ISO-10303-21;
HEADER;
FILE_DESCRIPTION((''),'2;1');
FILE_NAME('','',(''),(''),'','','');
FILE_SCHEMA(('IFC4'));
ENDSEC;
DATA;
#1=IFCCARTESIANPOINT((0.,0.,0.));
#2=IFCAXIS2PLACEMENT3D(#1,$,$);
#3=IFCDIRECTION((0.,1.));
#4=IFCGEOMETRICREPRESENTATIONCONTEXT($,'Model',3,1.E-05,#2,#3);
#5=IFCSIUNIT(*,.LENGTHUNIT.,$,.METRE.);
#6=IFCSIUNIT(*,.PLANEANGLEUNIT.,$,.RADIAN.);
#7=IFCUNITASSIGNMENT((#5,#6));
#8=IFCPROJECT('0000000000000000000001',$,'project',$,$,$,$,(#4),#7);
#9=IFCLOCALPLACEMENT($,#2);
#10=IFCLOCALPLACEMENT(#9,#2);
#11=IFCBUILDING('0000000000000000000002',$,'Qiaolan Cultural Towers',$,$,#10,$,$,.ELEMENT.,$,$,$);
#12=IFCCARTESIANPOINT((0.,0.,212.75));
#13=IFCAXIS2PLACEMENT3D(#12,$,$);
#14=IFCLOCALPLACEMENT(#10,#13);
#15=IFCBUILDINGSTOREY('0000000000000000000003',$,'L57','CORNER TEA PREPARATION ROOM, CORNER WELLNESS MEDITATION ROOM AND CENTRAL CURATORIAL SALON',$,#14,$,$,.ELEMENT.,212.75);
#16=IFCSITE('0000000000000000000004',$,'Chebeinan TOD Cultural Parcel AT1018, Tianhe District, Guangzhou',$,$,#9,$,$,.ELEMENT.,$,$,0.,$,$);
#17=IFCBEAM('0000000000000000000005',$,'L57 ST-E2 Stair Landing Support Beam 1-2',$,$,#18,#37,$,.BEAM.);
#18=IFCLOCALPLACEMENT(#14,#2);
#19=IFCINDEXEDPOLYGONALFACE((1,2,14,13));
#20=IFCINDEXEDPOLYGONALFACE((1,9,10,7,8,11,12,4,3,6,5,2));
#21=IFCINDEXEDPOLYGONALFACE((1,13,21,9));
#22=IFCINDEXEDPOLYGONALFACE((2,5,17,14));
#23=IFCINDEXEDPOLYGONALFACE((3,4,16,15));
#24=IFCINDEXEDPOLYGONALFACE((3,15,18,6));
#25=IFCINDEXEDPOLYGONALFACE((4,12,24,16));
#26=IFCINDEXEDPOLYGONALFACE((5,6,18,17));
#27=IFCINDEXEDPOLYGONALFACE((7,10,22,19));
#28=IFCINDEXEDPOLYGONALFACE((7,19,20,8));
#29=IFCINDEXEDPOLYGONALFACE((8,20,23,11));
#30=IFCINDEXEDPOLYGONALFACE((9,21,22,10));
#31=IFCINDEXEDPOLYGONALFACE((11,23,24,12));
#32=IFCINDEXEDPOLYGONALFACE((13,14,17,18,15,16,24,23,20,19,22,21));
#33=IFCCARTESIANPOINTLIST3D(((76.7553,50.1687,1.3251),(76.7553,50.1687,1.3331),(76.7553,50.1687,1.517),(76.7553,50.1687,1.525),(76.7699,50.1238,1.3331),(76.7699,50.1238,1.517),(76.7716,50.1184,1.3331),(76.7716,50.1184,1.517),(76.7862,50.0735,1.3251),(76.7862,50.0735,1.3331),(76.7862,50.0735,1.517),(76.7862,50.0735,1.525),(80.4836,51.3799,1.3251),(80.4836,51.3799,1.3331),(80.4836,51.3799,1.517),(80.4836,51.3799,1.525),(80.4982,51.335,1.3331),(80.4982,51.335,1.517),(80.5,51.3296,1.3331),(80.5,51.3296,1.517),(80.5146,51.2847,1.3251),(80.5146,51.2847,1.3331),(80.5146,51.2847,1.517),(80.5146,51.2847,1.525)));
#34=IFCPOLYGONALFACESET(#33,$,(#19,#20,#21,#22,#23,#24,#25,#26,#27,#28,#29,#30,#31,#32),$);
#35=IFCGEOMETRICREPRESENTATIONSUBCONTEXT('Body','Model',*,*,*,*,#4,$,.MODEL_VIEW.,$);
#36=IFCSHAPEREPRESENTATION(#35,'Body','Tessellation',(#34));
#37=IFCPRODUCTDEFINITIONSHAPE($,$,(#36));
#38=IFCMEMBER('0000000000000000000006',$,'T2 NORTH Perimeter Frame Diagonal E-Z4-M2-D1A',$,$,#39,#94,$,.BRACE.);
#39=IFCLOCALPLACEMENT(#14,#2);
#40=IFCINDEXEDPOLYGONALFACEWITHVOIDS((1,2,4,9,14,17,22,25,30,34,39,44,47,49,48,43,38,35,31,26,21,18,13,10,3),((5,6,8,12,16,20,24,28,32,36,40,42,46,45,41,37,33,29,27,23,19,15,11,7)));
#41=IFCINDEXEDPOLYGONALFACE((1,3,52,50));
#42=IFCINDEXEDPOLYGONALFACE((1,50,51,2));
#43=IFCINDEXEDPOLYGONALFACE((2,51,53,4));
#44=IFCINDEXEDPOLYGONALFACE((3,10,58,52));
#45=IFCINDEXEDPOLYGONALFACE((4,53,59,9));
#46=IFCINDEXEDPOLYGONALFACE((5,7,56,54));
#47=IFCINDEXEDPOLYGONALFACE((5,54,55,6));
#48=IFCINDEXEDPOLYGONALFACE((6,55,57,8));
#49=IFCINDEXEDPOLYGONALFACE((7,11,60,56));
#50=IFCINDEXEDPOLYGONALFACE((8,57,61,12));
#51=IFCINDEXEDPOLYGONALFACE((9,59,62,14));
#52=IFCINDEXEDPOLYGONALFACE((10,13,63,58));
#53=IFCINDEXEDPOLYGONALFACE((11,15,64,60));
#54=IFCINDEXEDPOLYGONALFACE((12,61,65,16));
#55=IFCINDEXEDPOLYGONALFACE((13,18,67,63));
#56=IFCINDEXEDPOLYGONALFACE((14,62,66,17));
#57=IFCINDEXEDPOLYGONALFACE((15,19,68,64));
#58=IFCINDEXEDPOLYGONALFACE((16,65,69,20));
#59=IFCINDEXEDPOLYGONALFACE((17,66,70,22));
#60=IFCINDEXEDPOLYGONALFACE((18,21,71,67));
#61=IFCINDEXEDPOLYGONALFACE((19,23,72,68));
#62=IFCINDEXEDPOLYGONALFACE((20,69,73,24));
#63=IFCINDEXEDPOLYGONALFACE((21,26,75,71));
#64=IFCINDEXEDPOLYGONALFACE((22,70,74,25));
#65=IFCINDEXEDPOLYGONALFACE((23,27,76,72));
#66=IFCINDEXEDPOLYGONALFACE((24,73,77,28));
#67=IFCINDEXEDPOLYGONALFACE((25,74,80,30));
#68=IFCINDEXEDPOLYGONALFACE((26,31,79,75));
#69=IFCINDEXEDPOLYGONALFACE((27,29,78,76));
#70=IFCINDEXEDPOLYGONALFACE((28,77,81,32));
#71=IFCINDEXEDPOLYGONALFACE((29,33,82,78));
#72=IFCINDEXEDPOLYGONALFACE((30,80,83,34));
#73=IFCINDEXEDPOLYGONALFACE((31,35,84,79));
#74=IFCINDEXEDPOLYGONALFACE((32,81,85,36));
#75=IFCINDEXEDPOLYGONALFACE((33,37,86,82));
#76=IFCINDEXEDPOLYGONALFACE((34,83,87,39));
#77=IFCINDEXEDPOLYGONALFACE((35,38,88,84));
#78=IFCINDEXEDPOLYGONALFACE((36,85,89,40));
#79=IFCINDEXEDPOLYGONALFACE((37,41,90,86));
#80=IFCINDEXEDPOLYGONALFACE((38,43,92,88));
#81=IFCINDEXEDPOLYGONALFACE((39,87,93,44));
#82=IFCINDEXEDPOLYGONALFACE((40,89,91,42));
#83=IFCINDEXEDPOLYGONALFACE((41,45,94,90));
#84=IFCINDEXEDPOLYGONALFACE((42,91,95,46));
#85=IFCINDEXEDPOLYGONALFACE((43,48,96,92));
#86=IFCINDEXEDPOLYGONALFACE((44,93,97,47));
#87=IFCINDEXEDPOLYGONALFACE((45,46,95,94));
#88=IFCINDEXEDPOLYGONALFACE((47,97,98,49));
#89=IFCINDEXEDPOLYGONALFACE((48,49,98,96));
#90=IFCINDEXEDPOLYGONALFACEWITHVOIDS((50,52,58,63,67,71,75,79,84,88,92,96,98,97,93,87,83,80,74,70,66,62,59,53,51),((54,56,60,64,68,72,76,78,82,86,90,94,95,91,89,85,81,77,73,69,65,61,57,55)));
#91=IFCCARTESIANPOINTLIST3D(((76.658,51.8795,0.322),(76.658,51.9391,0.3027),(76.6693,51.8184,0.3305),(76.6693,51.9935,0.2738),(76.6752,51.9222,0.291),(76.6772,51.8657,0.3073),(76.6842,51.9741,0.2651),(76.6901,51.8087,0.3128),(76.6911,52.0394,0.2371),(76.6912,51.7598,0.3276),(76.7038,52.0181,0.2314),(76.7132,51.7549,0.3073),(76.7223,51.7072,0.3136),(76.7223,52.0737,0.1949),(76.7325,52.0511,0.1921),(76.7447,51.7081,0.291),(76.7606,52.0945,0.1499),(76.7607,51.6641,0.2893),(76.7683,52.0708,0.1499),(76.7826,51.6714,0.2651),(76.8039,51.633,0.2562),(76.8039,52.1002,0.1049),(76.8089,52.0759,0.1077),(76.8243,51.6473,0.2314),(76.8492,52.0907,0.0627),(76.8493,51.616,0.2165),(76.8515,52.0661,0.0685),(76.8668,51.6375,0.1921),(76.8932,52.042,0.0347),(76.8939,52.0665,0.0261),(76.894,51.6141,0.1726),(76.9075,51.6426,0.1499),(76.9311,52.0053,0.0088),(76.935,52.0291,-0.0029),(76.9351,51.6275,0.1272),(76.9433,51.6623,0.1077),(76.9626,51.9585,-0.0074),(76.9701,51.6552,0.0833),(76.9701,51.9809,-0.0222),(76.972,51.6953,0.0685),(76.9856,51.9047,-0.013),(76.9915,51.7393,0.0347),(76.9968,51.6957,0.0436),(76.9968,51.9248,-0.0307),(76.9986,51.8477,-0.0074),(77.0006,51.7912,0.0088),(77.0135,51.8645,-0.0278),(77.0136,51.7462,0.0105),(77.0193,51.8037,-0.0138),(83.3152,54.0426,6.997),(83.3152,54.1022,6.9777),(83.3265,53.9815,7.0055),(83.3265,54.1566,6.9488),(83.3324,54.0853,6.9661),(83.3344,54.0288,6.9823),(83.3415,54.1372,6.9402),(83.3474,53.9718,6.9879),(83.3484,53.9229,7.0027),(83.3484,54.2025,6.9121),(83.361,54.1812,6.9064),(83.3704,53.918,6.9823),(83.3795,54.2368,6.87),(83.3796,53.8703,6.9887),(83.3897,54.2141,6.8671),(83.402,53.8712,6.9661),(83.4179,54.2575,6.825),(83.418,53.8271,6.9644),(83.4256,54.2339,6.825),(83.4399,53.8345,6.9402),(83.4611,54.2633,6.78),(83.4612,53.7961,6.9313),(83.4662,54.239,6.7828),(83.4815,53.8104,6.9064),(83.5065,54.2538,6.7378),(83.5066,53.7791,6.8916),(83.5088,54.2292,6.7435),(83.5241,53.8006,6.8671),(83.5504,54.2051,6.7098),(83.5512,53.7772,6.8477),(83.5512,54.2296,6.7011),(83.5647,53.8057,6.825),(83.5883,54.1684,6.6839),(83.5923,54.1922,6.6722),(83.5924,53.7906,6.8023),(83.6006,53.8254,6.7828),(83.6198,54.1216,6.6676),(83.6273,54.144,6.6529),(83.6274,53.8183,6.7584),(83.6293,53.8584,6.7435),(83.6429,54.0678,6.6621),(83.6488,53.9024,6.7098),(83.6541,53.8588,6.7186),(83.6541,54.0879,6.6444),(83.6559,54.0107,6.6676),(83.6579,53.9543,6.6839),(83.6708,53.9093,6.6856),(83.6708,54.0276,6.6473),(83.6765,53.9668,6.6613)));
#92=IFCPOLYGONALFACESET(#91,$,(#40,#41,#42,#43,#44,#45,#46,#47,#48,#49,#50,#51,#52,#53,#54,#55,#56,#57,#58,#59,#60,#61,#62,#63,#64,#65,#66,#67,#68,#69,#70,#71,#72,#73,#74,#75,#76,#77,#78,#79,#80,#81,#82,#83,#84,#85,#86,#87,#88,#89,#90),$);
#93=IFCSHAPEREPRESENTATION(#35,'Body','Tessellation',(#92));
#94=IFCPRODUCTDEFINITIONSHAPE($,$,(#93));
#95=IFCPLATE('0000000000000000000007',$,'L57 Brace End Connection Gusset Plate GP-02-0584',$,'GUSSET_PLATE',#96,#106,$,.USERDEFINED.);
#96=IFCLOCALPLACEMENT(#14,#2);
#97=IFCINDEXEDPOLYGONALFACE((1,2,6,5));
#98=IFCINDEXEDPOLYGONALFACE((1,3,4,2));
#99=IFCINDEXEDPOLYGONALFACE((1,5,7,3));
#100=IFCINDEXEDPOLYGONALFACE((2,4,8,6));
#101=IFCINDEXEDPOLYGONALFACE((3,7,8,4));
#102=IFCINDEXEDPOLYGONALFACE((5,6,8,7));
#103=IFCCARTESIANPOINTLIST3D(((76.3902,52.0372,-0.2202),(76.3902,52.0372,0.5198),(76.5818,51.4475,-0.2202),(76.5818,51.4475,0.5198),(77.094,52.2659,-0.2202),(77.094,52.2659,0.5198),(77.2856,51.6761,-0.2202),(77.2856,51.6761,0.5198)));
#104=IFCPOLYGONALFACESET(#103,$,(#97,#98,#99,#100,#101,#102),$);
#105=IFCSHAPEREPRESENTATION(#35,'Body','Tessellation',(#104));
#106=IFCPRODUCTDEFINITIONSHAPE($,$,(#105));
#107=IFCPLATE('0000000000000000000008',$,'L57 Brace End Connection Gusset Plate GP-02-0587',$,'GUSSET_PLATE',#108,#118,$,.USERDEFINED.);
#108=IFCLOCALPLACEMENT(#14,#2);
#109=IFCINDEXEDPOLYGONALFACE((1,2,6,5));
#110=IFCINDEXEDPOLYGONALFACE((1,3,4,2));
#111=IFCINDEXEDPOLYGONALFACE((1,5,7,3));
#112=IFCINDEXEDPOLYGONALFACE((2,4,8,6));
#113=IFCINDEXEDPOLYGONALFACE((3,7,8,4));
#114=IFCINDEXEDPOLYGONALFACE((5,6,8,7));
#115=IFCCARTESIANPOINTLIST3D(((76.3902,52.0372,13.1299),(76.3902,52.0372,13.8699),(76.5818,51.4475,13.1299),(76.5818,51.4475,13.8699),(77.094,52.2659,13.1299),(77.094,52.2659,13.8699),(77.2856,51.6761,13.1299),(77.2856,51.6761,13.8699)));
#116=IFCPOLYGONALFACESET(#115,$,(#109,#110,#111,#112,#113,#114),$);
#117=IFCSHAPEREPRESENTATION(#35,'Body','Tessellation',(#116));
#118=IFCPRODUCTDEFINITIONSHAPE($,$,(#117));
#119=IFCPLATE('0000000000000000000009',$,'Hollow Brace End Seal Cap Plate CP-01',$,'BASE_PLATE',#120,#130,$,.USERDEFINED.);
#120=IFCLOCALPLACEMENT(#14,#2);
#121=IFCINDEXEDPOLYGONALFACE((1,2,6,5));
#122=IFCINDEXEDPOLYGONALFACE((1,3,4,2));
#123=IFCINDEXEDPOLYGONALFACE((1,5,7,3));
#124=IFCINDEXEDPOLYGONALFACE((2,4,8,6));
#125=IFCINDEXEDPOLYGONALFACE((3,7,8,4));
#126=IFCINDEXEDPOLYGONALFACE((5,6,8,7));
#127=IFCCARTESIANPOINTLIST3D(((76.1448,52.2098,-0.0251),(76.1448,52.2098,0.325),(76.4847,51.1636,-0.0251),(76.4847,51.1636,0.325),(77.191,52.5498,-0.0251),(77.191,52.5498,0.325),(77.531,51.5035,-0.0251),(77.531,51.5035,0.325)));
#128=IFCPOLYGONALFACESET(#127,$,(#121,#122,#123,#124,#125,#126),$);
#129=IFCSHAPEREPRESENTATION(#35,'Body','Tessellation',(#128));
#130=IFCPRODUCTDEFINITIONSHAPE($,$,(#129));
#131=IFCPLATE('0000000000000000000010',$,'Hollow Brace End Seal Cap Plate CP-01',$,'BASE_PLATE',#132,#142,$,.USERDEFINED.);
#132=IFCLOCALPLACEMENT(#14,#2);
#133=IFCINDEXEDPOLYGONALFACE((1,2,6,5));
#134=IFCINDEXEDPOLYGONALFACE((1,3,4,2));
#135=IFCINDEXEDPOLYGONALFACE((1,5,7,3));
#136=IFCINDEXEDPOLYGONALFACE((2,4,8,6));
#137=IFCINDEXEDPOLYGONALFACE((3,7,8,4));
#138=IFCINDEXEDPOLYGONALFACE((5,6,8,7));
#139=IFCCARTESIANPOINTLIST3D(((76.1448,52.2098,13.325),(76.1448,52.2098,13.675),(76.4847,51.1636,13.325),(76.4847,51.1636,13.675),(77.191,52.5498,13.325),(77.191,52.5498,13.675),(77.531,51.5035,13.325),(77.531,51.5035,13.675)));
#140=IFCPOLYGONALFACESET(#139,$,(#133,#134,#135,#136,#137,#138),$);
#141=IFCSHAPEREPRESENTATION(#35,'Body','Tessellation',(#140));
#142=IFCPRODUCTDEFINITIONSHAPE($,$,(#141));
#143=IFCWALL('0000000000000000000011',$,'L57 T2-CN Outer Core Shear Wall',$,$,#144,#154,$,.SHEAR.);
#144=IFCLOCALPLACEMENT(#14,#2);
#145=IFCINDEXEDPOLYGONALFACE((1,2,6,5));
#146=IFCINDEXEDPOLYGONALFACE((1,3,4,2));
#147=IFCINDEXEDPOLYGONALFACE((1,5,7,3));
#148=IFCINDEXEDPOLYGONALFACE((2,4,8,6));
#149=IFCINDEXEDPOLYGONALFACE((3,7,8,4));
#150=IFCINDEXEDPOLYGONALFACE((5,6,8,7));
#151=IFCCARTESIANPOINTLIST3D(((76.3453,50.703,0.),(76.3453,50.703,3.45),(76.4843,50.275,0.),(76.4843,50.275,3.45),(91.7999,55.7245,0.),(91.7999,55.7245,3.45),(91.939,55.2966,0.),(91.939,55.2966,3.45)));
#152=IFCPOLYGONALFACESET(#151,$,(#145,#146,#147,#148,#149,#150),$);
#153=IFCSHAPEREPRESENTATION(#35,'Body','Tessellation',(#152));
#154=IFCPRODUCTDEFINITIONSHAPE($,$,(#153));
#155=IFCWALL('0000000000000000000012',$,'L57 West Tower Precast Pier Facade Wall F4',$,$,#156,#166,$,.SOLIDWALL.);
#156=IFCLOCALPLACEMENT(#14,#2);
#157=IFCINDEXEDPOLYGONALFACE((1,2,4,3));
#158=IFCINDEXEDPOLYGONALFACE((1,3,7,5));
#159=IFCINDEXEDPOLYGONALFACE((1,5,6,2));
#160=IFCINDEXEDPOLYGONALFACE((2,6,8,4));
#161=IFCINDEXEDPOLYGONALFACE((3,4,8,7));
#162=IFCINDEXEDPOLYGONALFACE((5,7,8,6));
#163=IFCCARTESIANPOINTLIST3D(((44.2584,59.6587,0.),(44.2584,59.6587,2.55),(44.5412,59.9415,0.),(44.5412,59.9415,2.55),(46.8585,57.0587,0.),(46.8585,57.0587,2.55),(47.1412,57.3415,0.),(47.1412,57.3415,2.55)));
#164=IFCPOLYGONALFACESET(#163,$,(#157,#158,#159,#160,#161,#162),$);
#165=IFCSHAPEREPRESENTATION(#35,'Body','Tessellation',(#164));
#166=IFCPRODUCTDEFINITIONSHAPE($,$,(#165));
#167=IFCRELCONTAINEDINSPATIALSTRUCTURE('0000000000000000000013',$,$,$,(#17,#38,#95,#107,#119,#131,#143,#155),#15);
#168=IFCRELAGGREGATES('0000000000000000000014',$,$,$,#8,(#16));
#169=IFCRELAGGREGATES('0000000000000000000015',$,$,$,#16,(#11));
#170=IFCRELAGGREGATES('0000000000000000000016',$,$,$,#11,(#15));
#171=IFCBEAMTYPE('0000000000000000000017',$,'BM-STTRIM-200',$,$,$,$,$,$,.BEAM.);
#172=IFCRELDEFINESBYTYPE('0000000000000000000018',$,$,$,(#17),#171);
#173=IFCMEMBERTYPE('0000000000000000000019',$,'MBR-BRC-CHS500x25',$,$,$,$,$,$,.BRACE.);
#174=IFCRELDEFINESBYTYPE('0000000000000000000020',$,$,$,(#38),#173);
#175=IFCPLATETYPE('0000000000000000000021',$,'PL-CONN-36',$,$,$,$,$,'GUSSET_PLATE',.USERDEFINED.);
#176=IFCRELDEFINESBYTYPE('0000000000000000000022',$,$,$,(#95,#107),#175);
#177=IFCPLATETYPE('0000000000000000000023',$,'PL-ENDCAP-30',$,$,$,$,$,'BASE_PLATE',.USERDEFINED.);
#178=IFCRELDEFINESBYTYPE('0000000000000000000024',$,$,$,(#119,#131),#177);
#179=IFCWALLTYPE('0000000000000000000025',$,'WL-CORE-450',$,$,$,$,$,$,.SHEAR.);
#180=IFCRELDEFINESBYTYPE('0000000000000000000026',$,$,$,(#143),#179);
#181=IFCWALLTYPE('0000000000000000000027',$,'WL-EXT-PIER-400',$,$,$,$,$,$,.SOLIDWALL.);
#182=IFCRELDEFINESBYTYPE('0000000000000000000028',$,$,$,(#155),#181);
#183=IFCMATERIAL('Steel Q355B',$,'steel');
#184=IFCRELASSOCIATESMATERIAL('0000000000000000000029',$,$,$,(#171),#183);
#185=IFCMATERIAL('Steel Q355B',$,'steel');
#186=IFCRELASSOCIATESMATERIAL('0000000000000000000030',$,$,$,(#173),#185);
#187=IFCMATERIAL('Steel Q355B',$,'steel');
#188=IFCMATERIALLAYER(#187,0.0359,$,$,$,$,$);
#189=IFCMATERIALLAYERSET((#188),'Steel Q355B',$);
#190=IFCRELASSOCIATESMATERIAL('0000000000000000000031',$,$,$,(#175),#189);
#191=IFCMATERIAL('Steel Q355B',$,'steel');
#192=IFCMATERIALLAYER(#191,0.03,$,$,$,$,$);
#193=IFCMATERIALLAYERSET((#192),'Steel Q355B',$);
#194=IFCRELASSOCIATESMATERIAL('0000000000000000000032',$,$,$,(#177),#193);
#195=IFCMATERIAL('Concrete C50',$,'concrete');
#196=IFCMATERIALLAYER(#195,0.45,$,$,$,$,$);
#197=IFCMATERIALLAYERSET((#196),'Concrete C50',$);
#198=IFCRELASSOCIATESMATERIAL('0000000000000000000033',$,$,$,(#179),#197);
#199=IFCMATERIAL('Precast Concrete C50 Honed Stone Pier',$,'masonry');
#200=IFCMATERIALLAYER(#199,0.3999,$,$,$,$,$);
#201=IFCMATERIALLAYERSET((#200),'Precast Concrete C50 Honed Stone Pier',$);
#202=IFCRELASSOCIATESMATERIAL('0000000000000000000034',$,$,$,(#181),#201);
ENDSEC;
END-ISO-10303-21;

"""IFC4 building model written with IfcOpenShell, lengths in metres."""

from ifc_helpers import new_model, si_unit, direction, frame, frame_2d, origin, origin_2d, place, context, subcontext, project, spatial, rectangle, hollow_circle, i_section, extrude, material, layer, layer_set, material_profile, profile_set, type_object, element, save


model = new_model("IFC4")

# Units and contexts
model_context = context("Model", 3, precision=1e-05, world=origin(), true_north=direction((0.0, 1.0)))
body_context = subcontext(model_context, "Body", "Model", "MODEL_VIEW")
ifc_project = project(units=[si_unit("LENGTHUNIT", "METRE"), si_unit("PLANEANGLEUNIT", "RADIAN")], contexts=[model_context])

# Site, building, storey
site_placement = place(None, origin())
site = spatial("IfcSite", under=ifc_project, at=site_placement, Name="Chebeinan TOD Cultural Parcel AT1018, Tianhe District, Guangzhou", CompositionType="ELEMENT", RefElevation=0.0)
building_placement = place(site_placement, origin())
building = spatial("IfcBuilding", under=site, at=building_placement, Name="Qiaolan Cultural Towers", CompositionType="ELEMENT")
storey_placement = place(building_placement, frame((0.0, 0.0, 212.75)))
storey = spatial("IfcBuildingStorey", under=building, at=storey_placement, Name="L57", Description="CORNER TEA PREPARATION ROOM, CORNER WELLNESS MEDITATION ROOM AND CENTRAL CURATORIAL SALON", CompositionType="ELEMENT", Elevation=212.75)

# Beam
ifc_material_1 = material(Name="Steel Q355B", Category="steel")
ifc_material_profile_1 = material_profile(ifc_material_1, i_section(OverallWidth=0.1001, OverallDepth=0.2, WebThickness=0.0056, FlangeThickness=0.0081, at=origin_2d()), Name="HN200x100x5.5x8")
ifc_profile_set_1 = profile_set([ifc_material_profile_1], Name="Steel Q355B")
beam_type_1 = type_object("IfcBeamType", Name="BM-STTRIM-200", PredefinedType="BEAM", material=ifc_profile_set_1)
beam_1_placement = place(storey_placement, frame((76.7708, 50.1211, 1.425), z_axis=(0.951072, 0.308969, 0.0), x_axis=(-0.308969, 0.951072, 0.0)))
element("IfcBeam", 1, at=beam_1_placement, inside=storey, type_object=beam_type_1, Name="L57 ST-E2 Stair Landing Support Beam 1-2", PredefinedType="BEAM", context=body_context, shape_type="SweptSolid", body=[
    extrude(i_section(OverallWidth=0.1001, OverallDepth=0.2, WebThickness=0.0056, FlangeThickness=0.0081, at=origin_2d()), origin(), (0.0, 0.0, 1.0), 3.9202),
])

# Member
ifc_material_2 = material(Name="Steel Q355B", Category="steel")
ifc_material_profile_2 = material_profile(ifc_material_2, hollow_circle(Radius=0.25, WallThickness=0.0249, at=origin_2d()), Name="CHS500x25")
ifc_profile_set_2 = profile_set([ifc_material_profile_2], Name="Steel Q355B")
member_type = type_object("IfcMemberType", Name="MBR-BRC-CHS500x25", PredefinedType="BRACE", material=ifc_profile_set_2)
member_placement = place(storey_placement, frame((76.8379, 51.8567, 0.1499), z_axis=(0.688276, 0.223637, 0.690118), x_axis=(-0.30902, 0.951056, 0.0)))
element("IfcMember", 2, at=member_placement, inside=storey, type_object=member_type, Name="T2 NORTH Perimeter Frame Diagonal E-Z4-M2-D1A", PredefinedType="BRACE", context=body_context, shape_type="SweptSolid", body=[
    extrude(hollow_circle(Radius=0.25, WallThickness=0.0249, at=origin_2d()), origin(), (0.0, 0.0, 1.0), 9.6724),
])

# Plates
ifc_material_3 = material(Name="Steel Q355B", Category="steel")
ifc_layer_1 = layer(ifc_material_3, 0.0359)
ifc_layer_set_1 = layer_set([ifc_layer_1], Name="Steel Q355B")
plate_type_1 = type_object("IfcPlateType", Name="PL-CONN-36", ElementType="GUSSET_PLATE", PredefinedType="USERDEFINED", material=ifc_layer_set_1)
for number, where, z_axis, x_axis, name in (
    (3, (76.8379, 51.8567, -0.2202), (0.0, 0.0, 1.0), (0.951057, 0.309017, 0.0), "L57 Brace End Connection Gusset Plate GP-02-0584"),
    (4, (76.8379, 51.8567, 13.1299), (0.0, 0.0, 1.0), (0.951057, 0.309017, 0.0), "L57 Brace End Connection Gusset Plate GP-02-0587"),
):
    element("IfcPlate", number, at=place(storey_placement, frame(where, z_axis=z_axis, x_axis=x_axis)), inside=storey, type_object=plate_type_1, Name=name, ObjectType="GUSSET_PLATE", PredefinedType="USERDEFINED", context=body_context, shape_type="SweptSolid", body=[
        extrude(rectangle(XDim=0.74, YDim=0.6201, at=origin_2d()), origin(), (0.0, 0.0, 1.0), 0.74),
    ])
ifc_material_4 = material(Name="Steel Q355B", Category="steel")
ifc_layer_2 = layer(ifc_material_4, 0.03)
ifc_layer_set_2 = layer_set([ifc_layer_2], Name="Steel Q355B")
plate_type_2 = type_object("IfcPlateType", Name="PL-ENDCAP-30", ElementType="BASE_PLATE", PredefinedType="USERDEFINED", material=ifc_layer_set_2)
for number, where, z_axis, x_axis, name in (
    (5, (76.8379, 51.8567, -0.0251), (0.0, 0.0, 1.0), (0.951057, 0.309017, 0.0), "Hollow Brace End Seal Cap Plate CP-01"),
    (6, (76.8379, 51.8567, 13.325), (0.0, 0.0, 1.0), (0.951057, 0.309017, 0.0), "Hollow Brace End Seal Cap Plate CP-01"),
):
    element("IfcPlate", number, at=place(storey_placement, frame(where, z_axis=z_axis, x_axis=x_axis)), inside=storey, type_object=plate_type_2, Name=name, ObjectType="BASE_PLATE", PredefinedType="USERDEFINED", context=body_context, shape_type="SweptSolid", body=[
        extrude(rectangle(XDim=1.1001, YDim=1.1001, at=origin_2d()), origin(), (0.0, 0.0, 1.0), 0.3501),
    ])

# Walls
ifc_material_5 = material(Name="Concrete C50", Category="concrete")
ifc_layer_3 = layer(ifc_material_5, 0.45)
ifc_layer_set_3 = layer_set([ifc_layer_3], Name="Concrete C50")
wall_type_1 = type_object("IfcWallType", Name="WL-CORE-450", PredefinedType="SHEAR", material=ifc_layer_set_3)
wall_1_placement = place(storey_placement, frame((76.4148, 50.489, 0.0), z_axis=(0.0, 0.0, 1.0), x_axis=(0.951057, 0.309016, 0.0)))
element("IfcWall", 7, at=wall_1_placement, inside=storey, type_object=wall_type_1, Name="L57 T2-CN Outer Core Shear Wall", PredefinedType="SHEAR", context=body_context, shape_type="SweptSolid", body=[
    extrude(rectangle(XDim=16.25, YDim=0.45, at=frame_2d((8.125, 0.0))), origin(), (0.0, 0.0, 1.0), 3.45),
])
ifc_material_6 = material(Name="Precast Concrete C50 Honed Stone Pier", Category="masonry")
ifc_layer_4 = layer(ifc_material_6, 0.3999)
ifc_layer_set_4 = layer_set([ifc_layer_4], Name="Precast Concrete C50 Honed Stone Pier")
wall_type_2 = type_object("IfcWallType", Name="WL-EXT-PIER-400", PredefinedType="SOLIDWALL", material=ifc_layer_set_4)
wall_2_placement = place(storey_placement, frame((44.3999, 59.8, 0.0), z_axis=(0.0, 0.0, 1.0), x_axis=(0.707107, -0.707107, 0.0)))
element("IfcWall", 8, at=wall_2_placement, inside=storey, type_object=wall_type_2, Name="L57 West Tower Precast Pier Facade Wall F4", PredefinedType="SOLIDWALL", context=body_context, shape_type="SweptSolid", body=[
    extrude(rectangle(XDim=3.677, YDim=0.3999, at=frame_2d((1.8384, 0.0))), origin(), (0.0, 0.0, 1.0), 2.55),
])

save(model, "model.ifc")
